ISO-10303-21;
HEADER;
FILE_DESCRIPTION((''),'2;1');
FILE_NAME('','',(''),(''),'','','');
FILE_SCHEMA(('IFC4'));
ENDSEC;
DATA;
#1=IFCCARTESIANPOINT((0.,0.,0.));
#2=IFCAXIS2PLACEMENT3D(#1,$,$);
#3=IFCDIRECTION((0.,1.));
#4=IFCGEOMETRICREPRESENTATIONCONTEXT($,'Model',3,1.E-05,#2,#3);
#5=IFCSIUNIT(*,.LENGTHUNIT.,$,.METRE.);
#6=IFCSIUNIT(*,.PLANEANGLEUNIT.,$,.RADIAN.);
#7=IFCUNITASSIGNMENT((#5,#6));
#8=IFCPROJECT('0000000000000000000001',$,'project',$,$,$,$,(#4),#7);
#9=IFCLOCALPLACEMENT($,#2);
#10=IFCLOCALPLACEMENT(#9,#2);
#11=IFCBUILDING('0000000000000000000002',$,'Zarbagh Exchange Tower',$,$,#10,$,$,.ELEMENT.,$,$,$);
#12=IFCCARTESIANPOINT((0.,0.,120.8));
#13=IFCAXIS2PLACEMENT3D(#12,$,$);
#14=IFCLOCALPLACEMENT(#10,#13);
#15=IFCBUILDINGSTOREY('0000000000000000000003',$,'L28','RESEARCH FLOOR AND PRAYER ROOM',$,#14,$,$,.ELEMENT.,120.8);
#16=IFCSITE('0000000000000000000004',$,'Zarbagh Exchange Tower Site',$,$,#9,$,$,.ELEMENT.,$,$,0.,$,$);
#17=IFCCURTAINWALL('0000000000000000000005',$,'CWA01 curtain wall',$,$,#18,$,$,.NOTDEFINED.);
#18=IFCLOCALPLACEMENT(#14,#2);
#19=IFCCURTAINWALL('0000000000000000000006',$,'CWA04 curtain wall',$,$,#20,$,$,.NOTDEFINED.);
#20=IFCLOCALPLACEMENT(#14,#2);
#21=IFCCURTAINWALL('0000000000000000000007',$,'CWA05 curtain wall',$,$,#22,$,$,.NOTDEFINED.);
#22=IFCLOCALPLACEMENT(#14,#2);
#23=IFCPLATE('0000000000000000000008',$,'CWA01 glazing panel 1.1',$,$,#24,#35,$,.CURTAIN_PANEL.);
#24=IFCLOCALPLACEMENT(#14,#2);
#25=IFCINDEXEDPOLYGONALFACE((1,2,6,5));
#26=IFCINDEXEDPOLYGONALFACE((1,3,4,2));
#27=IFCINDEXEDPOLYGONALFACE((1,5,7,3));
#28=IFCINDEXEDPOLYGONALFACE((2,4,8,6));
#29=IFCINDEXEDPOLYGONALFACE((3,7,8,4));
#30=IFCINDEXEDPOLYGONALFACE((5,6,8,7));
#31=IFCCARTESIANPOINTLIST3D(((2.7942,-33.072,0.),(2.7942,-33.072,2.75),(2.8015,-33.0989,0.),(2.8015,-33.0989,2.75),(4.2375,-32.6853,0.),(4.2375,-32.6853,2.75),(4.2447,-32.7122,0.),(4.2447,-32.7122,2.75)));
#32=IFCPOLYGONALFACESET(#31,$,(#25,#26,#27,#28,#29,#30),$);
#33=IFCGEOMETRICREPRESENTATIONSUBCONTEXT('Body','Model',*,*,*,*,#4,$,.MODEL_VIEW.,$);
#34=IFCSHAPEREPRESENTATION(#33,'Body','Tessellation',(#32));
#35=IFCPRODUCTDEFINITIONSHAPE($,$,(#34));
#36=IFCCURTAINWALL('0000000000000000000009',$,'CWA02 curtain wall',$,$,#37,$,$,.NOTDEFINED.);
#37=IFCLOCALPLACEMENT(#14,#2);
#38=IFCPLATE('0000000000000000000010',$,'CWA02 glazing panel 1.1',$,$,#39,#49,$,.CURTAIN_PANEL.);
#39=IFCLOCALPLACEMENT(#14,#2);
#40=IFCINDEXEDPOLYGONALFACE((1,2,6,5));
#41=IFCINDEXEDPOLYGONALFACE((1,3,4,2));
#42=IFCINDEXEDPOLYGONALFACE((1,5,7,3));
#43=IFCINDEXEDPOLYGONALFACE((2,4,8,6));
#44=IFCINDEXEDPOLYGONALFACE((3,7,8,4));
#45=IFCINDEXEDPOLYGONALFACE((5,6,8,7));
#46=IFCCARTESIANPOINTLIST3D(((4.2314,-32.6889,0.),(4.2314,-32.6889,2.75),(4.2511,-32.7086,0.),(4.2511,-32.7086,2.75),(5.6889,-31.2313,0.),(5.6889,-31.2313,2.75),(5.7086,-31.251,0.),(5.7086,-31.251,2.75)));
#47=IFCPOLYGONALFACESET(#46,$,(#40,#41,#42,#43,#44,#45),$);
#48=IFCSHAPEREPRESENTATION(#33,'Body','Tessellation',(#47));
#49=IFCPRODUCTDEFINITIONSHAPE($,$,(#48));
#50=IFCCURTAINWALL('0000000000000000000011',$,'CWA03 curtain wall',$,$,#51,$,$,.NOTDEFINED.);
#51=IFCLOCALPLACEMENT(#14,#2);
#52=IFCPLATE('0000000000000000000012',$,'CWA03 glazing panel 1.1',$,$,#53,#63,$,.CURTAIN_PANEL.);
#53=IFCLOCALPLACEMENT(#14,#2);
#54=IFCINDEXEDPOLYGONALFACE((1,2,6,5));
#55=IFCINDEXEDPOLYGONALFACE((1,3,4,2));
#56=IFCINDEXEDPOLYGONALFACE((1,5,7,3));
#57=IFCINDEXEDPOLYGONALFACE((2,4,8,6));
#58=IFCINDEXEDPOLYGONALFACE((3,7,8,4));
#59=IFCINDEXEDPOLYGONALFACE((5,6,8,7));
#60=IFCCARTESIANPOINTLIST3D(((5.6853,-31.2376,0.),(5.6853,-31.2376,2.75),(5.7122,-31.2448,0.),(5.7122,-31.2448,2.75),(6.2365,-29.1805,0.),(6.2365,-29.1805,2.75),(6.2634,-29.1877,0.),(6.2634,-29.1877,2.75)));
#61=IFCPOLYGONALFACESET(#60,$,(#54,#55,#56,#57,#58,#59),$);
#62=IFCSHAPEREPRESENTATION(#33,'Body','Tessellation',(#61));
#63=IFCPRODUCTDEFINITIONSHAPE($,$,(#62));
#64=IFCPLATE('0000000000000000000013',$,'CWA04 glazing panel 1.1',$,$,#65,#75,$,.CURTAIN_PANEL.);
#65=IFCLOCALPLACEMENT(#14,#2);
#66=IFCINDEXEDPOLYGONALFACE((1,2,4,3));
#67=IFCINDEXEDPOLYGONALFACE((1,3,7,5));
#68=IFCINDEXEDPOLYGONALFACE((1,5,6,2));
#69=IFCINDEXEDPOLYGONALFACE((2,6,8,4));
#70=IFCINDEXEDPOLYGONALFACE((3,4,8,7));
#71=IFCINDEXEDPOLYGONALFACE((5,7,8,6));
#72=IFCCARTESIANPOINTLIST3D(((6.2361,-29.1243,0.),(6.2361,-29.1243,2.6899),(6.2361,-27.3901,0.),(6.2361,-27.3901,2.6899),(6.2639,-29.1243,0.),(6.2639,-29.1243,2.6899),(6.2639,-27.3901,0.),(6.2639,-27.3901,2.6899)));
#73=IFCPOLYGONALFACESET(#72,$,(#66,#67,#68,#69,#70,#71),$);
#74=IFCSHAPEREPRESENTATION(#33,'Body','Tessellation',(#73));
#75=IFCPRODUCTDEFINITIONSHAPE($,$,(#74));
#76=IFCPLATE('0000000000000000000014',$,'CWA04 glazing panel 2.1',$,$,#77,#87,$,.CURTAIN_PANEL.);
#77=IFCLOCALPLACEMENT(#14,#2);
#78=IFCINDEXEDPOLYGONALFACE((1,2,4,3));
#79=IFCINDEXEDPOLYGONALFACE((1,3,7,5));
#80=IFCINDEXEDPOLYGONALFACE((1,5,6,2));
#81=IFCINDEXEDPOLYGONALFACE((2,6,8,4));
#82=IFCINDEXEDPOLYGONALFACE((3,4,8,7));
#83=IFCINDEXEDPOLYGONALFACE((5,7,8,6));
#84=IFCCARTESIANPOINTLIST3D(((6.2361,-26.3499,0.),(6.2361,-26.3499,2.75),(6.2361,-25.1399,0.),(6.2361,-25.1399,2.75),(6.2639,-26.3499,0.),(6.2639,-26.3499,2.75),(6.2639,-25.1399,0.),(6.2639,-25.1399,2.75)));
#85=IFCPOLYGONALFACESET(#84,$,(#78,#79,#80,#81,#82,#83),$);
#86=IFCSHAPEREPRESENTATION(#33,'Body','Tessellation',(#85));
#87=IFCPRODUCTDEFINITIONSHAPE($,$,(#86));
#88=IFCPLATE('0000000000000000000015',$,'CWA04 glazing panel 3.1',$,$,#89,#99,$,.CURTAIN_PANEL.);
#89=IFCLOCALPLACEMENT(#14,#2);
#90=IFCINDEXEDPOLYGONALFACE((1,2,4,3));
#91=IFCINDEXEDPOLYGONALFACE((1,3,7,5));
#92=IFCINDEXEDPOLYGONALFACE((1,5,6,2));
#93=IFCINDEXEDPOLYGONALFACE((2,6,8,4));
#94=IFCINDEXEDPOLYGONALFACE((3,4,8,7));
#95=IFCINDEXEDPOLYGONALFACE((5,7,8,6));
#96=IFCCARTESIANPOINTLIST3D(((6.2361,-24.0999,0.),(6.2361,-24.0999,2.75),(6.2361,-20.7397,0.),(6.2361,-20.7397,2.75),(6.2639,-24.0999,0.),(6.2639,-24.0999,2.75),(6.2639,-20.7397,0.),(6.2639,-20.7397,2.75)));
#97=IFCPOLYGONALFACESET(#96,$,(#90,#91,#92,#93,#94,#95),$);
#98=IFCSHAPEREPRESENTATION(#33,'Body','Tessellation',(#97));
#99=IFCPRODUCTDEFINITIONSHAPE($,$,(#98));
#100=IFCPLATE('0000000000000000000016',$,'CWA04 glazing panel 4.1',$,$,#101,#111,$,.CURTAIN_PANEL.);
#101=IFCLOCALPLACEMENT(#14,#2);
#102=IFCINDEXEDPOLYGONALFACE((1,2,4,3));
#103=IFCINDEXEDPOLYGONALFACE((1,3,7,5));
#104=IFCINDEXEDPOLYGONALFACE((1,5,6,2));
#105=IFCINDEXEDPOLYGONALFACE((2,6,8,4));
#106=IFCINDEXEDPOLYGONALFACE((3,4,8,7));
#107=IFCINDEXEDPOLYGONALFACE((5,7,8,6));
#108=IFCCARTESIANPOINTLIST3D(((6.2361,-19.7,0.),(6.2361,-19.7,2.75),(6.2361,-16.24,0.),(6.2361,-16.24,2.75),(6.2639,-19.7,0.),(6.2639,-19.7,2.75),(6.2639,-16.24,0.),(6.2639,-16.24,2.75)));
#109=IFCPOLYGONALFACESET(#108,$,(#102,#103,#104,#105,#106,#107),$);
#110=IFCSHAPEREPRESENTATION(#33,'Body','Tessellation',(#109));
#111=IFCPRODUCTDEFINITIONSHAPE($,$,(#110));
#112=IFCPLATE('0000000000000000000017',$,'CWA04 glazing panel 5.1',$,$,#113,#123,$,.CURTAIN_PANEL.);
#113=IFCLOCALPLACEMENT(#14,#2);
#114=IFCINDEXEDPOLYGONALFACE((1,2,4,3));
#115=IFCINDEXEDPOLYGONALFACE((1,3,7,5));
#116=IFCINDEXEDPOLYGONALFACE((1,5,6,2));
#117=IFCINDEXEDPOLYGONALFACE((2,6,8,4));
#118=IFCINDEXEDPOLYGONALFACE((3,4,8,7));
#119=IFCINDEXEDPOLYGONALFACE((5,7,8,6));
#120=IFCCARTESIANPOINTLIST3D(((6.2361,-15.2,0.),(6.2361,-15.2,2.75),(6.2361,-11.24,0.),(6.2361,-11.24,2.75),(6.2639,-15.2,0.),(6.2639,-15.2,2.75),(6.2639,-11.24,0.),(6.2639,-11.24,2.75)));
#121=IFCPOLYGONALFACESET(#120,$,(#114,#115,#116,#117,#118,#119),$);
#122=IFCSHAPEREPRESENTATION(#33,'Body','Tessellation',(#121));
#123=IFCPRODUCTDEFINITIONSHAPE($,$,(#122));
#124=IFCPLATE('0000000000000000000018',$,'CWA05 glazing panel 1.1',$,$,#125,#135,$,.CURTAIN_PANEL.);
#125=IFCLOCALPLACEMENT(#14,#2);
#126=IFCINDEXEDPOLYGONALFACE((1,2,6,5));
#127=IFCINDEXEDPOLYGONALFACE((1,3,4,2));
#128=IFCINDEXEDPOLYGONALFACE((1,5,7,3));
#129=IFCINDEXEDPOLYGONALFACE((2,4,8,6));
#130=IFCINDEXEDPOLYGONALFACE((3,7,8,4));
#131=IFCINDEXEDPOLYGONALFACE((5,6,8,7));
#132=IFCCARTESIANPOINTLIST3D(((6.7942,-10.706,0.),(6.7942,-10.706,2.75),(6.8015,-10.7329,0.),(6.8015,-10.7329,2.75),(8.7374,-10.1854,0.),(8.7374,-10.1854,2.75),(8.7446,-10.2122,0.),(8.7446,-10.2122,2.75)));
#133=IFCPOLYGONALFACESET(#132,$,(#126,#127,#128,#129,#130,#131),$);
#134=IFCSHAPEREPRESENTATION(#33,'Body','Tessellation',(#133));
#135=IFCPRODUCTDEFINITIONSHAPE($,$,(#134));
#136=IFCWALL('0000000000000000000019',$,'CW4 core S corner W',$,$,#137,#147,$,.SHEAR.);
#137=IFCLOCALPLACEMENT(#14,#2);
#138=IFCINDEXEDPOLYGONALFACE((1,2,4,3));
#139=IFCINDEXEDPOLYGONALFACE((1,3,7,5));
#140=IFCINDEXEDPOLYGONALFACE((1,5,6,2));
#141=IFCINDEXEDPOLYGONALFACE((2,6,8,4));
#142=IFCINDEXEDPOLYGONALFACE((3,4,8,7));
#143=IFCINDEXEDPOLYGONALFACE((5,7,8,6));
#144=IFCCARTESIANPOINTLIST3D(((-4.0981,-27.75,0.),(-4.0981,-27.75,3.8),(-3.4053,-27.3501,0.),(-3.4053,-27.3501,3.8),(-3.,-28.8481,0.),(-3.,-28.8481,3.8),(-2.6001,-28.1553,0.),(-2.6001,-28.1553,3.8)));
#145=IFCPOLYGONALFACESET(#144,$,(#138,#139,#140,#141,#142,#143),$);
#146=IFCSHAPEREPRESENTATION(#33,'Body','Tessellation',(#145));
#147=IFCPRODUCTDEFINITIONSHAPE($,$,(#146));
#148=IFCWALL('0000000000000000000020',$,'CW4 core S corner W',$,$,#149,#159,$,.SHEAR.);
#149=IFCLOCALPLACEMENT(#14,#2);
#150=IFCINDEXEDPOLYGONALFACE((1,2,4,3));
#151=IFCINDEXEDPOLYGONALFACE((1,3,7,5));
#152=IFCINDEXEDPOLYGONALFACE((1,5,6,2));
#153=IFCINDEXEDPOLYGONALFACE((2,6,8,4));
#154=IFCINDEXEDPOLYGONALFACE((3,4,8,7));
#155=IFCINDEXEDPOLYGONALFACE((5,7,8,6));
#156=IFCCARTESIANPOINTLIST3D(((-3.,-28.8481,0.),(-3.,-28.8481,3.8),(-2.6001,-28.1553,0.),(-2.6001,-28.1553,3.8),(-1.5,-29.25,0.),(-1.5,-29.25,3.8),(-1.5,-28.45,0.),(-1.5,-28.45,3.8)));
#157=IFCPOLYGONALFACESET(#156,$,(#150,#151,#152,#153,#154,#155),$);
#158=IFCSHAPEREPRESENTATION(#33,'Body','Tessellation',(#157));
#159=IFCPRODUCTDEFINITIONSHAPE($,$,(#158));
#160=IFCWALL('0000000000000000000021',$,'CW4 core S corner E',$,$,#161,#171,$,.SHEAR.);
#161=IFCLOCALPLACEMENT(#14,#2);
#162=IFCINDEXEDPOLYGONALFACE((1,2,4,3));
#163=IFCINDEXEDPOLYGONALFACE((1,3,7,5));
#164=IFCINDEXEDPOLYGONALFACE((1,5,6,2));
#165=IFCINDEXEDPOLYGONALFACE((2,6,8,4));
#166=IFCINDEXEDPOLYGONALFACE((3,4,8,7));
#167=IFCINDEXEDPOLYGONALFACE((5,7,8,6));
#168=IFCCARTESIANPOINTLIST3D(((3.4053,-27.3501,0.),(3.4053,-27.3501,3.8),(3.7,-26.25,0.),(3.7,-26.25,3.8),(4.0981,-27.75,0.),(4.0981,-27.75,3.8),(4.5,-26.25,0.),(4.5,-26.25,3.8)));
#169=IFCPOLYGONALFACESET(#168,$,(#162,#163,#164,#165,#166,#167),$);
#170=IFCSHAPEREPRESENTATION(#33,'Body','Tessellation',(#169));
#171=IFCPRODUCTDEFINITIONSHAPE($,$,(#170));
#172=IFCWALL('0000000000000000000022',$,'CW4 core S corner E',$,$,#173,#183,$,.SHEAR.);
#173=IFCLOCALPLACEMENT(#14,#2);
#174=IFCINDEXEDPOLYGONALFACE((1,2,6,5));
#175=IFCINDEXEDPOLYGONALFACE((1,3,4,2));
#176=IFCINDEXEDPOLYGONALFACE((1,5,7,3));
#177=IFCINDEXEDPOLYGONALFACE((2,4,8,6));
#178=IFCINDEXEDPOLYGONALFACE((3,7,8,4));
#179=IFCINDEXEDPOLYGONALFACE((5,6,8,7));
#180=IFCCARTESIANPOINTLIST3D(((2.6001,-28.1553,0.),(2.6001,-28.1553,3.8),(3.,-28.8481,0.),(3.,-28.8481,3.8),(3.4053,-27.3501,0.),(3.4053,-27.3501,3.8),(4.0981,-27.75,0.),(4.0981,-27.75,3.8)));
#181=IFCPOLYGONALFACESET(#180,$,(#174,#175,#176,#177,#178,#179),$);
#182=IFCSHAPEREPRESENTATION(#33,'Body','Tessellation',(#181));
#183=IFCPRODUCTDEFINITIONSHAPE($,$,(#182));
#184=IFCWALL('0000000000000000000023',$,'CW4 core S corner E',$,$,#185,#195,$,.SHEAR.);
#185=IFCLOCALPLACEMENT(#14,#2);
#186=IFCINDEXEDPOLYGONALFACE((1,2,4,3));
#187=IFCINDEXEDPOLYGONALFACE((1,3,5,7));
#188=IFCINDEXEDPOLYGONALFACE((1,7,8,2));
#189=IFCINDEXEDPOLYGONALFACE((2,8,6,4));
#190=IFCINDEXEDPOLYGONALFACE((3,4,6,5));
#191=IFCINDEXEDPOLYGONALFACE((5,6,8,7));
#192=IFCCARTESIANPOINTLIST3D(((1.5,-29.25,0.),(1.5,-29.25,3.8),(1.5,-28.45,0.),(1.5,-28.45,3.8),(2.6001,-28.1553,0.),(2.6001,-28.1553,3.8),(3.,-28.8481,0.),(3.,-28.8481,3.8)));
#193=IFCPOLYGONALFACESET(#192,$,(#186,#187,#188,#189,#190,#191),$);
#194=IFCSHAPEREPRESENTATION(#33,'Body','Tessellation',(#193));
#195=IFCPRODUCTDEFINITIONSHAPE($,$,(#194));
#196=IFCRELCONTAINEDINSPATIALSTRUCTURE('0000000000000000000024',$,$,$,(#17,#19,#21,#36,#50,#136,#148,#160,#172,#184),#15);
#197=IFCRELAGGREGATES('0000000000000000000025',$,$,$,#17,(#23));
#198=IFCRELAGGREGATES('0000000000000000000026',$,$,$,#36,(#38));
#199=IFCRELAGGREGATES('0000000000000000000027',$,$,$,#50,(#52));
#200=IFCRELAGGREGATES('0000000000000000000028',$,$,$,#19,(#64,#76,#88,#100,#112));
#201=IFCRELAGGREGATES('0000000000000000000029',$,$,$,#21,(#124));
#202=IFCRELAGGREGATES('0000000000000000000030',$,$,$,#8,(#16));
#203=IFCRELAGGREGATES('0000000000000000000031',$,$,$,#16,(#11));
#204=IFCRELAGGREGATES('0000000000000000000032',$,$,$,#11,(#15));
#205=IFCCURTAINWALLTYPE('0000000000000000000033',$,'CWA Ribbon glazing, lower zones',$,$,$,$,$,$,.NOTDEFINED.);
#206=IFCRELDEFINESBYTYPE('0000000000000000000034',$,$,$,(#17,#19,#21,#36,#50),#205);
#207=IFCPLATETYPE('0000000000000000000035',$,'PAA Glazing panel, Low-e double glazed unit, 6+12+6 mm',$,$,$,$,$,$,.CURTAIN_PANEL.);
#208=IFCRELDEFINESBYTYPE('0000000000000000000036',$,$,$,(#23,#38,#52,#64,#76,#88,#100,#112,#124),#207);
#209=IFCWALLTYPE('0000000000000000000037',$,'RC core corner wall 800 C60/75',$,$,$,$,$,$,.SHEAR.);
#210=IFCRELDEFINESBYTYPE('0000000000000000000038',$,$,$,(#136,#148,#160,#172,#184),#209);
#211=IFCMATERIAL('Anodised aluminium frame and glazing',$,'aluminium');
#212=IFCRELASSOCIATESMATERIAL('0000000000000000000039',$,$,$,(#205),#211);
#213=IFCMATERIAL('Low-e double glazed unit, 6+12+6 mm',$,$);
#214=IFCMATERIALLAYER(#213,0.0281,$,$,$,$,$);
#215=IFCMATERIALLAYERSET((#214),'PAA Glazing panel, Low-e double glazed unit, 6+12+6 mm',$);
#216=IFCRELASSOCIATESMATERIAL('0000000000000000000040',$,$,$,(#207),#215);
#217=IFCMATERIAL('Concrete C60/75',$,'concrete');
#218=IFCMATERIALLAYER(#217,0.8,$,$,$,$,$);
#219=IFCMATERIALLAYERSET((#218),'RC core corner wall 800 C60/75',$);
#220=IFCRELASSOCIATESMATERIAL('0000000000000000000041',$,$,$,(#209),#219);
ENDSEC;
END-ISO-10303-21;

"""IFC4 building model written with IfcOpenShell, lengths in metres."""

from ifc_helpers import new_model, si_unit, direction, frame, origin, place, context, subcontext, project, spatial, polyline, outline, extrude, source, transform, mapped, material, layer, layer_set, type_object, element, aggregate, save


model = new_model("IFC4")

# Units and contexts
model_context = context("Model", 3, precision=1e-05, world=origin(), true_north=direction((0.0, 1.0)))
body_context = subcontext(model_context, "Body", "Model", "MODEL_VIEW")
ifc_project = project(units=[si_unit("LENGTHUNIT", "METRE"), si_unit("PLANEANGLEUNIT", "RADIAN")], contexts=[model_context])

# Site, building, storey
site_placement = place(None, origin())
site = spatial("IfcSite", under=ifc_project, at=site_placement, Name="Zarbagh Exchange Tower Site", CompositionType="ELEMENT", RefElevation=0.0)
building_placement = place(site_placement, origin())
building = spatial("IfcBuilding", under=site, at=building_placement, Name="Zarbagh Exchange Tower", CompositionType="ELEMENT")
storey_placement = place(building_placement, frame((0.0, 0.0, 120.8)))
storey = spatial("IfcBuildingStorey", under=building, at=storey_placement, Name="L28", Description="RESEARCH FLOOR AND PRAYER ROOM", CompositionType="ELEMENT", Elevation=120.8)

# Curtain wall
ifc_material_1 = material(Name="Anodised aluminium frame and glazing", Category="aluminium")
curtain_wall_type = type_object("IfcCurtainWallType", Name="CWA Ribbon glazing, lower zones", PredefinedType="NOTDEFINED", material=ifc_material_1)
curtain_wall_1_placement = place(storey_placement, origin())
curtain_wall_1 = element("IfcCurtainWall", 1, at=curtain_wall_1_placement, inside=storey, type_object=curtain_wall_type, Name="CWA01 curtain wall", PredefinedType="NOTDEFINED")
placement = place(storey_placement, origin())

# Curtain wall
curtain_wall_2_placement = place(storey_placement, origin())
curtain_wall_2 = element("IfcCurtainWall", 2, at=curtain_wall_2_placement, inside=storey, type_object=curtain_wall_type, Name="CWA04 curtain wall", PredefinedType="NOTDEFINED")

# Curtain wall
curtain_wall_3_placement = place(storey_placement, origin())
curtain_wall_3 = element("IfcCurtainWall", 3, at=curtain_wall_3_placement, inside=storey, type_object=curtain_wall_type, Name="CWA05 curtain wall", PredefinedType="NOTDEFINED")

# Plate
ifc_material_2 = material(Name="Low-e double glazed unit, 6+12+6 mm")
ifc_layer_1 = layer(ifc_material_2, 0.0281)
ifc_layer_set_1 = layer_set([ifc_layer_1], Name="PAA Glazing panel, Low-e double glazed unit, 6+12+6 mm")
plate_type = type_object("IfcPlateType", Name="PAA Glazing panel, Low-e double glazed unit, 6+12+6 mm", PredefinedType="CURTAIN_PANEL", material=ifc_layer_set_1)
shared_shape_1 = source(origin(), body_context, "Body", "SweptSolid", [
    extrude(outline(polyline([(0.0, -0.0139), (1.4941, -0.0139), (1.4941, 0.0139), (0.0, 0.0139), (0.0, -0.0139)])), origin(), (0.0, 0.0, 1.0), 2.75),
])
plate_1 = element("IfcPlate", 4, at=placement, type_object=plate_type, Name="CWA01 glazing panel 1.1", PredefinedType="CURTAIN_PANEL", context=body_context, shape_type="MappedRepresentation", body=[
    mapped(shared_shape_1, transform((2.7979, -33.0854, 0.0), x_axis=(0.965924, 0.258825, 0.0), y_axis=(-0.258825, 0.965924, 0.0), z_axis=(0.0, 0.0, 1.0))),
])
aggregate(curtain_wall_1, [plate_1])

# Curtain walls, plates
curtain_wall_4_placement = place(storey_placement, origin())
curtain_wall_4 = element("IfcCurtainWall", 5, at=curtain_wall_4_placement, inside=storey, type_object=curtain_wall_type, Name="CWA02 curtain wall", PredefinedType="NOTDEFINED")
shared_shape_2 = source(origin(), body_context, "Body", "SweptSolid", [
    extrude(outline(polyline([(0.0, -0.0139), (2.0613, -0.0139), (2.0613, 0.0139), (0.0, 0.0139), (0.0, -0.0139)])), origin(), (0.0, 0.0, 1.0), 2.75),
])
plate_2 = element("IfcPlate", 6, at=placement, type_object=plate_type, Name="CWA02 glazing panel 1.1", PredefinedType="CURTAIN_PANEL", context=body_context, shape_type="MappedRepresentation", body=[
    mapped(shared_shape_2, transform((4.2412, -32.6987, 0.0), x_axis=(0.707107, 0.707107, 0.0), y_axis=(-0.707107, 0.707107, 0.0), z_axis=(0.0, 0.0, 1.0))),
])
aggregate(curtain_wall_4, [plate_2])
curtain_wall_5_placement = place(storey_placement, origin())
curtain_wall_5 = element("IfcCurtainWall", 7, at=curtain_wall_5_placement, inside=storey, type_object=curtain_wall_type, Name="CWA03 curtain wall", PredefinedType="NOTDEFINED")
shared_shape_3 = source(origin(), body_context, "Body", "SweptSolid", [
    extrude(outline(polyline([(0.0, -0.0139), (2.1296, -0.0139), (2.1296, 0.0139), (0.0, 0.0139), (0.0, -0.0139)])), origin(), (0.0, 0.0, 1.0), 2.75),
])
plate_3 = element("IfcPlate", 8, at=placement, type_object=plate_type, Name="CWA03 glazing panel 1.1", PredefinedType="CURTAIN_PANEL", context=body_context, shape_type="MappedRepresentation", body=[
    mapped(shared_shape_3, transform((5.6987, -31.2412, 0.0), x_axis=(0.258825, 0.965924, 0.0), y_axis=(-0.965924, 0.258825, 0.0), z_axis=(0.0, 0.0, 1.0))),
])
aggregate(curtain_wall_5, [plate_3])

# Plates
shared_shape_4 = source(origin(), body_context, "Body", "SweptSolid", [
    extrude(outline(polyline([(0.0, -0.0139), (1.7341, -0.0139), (1.7341, 0.0139), (0.0, 0.0139), (0.0, -0.0139)])), origin(), (0.0, 0.0, 1.0), 2.6899),
])
plate_4 = element("IfcPlate", 9, at=placement, type_object=plate_type, Name="CWA04 glazing panel 1.1", PredefinedType="CURTAIN_PANEL", context=body_context, shape_type="MappedRepresentation", body=[
    mapped(shared_shape_4, transform((6.25, -29.1243, 0.0), x_axis=(0.0, 1.0, 0.0), y_axis=(-1.0, 0.0, 0.0), z_axis=(0.0, 0.0, 1.0))),
])
shared_shape_5 = source(origin(), body_context, "Body", "SweptSolid", [
    extrude(outline(polyline([(0.0, -0.0139), (1.21, -0.0139), (1.21, 0.0139), (0.0, 0.0139), (0.0, -0.0139)])), origin(), (0.0, 0.0, 1.0), 2.75),
])
plate_5 = element("IfcPlate", 10, at=placement, type_object=plate_type, Name="CWA04 glazing panel 2.1", PredefinedType="CURTAIN_PANEL", context=body_context, shape_type="MappedRepresentation", body=[
    mapped(shared_shape_5, transform((6.25, -26.3499, 0.0), x_axis=(0.0, 1.0, 0.0), y_axis=(-1.0, 0.0, 0.0), z_axis=(0.0, 0.0, 1.0))),
])
shared_shape_6 = source(origin(), body_context, "Body", "SweptSolid", [
    extrude(outline(polyline([(0.0, -0.0139), (3.3601, -0.0139), (3.3601, 0.0139), (0.0, 0.0139), (0.0, -0.0139)])), origin(), (0.0, 0.0, 1.0), 2.75),
])
plate_6 = element("IfcPlate", 11, at=placement, type_object=plate_type, Name="CWA04 glazing panel 3.1", PredefinedType="CURTAIN_PANEL", context=body_context, shape_type="MappedRepresentation", body=[
    mapped(shared_shape_6, transform((6.25, -24.0999, 0.0), x_axis=(0.0, 1.0, 0.0), y_axis=(-1.0, 0.0, 0.0), z_axis=(0.0, 0.0, 1.0))),
])
shared_shape_7 = source(origin(), body_context, "Body", "SweptSolid", [
    extrude(outline(polyline([(0.0, -0.0139), (3.46, -0.0139), (3.46, 0.0139), (0.0, 0.0139), (0.0, -0.0139)])), origin(), (0.0, 0.0, 1.0), 2.75),
])
plate_7 = element("IfcPlate", 12, at=placement, type_object=plate_type, Name="CWA04 glazing panel 4.1", PredefinedType="CURTAIN_PANEL", context=body_context, shape_type="MappedRepresentation", body=[
    mapped(shared_shape_7, transform((6.25, -19.7, 0.0), x_axis=(0.0, 1.0, 0.0), y_axis=(-1.0, 0.0, 0.0), z_axis=(0.0, 0.0, 1.0))),
])
shared_shape_8 = source(origin(), body_context, "Body", "SweptSolid", [
    extrude(outline(polyline([(0.0, -0.0139), (3.96, -0.0139), (3.96, 0.0139), (0.0, 0.0139), (0.0, -0.0139)])), origin(), (0.0, 0.0, 1.0), 2.75),
])
plate_8 = element("IfcPlate", 13, at=placement, type_object=plate_type, Name="CWA04 glazing panel 5.1", PredefinedType="CURTAIN_PANEL", context=body_context, shape_type="MappedRepresentation", body=[
    mapped(shared_shape_8, transform((6.25, -15.2, 0.0), x_axis=(0.0, 1.0, 0.0), y_axis=(-1.0, 0.0, 0.0), z_axis=(0.0, 0.0, 1.0))),
])
aggregate(curtain_wall_2, [plate_4, plate_5, plate_6, plate_7, plate_8])
shared_shape_9 = source(origin(), body_context, "Body", "SweptSolid", [
    extrude(outline(polyline([(0.0, -0.0139), (2.0117, -0.0139), (2.0117, 0.0139), (0.0, 0.0139), (0.0, -0.0139)])), origin(), (0.0, 0.0, 1.0), 2.75),
])
plate_9 = element("IfcPlate", 14, at=placement, type_object=plate_type, Name="CWA05 glazing panel 1.1", PredefinedType="CURTAIN_PANEL", context=body_context, shape_type="MappedRepresentation", body=[
    mapped(shared_shape_9, transform((6.7979, -10.7195, 0.0), x_axis=(0.965924, 0.258825, 0.0), y_axis=(-0.258825, 0.965924, 0.0), z_axis=(0.0, 0.0, 1.0))),
])
aggregate(curtain_wall_3, [plate_9])

# Walls
ifc_material_3 = material(Name="Concrete C60/75", Category="concrete")
ifc_layer_2 = layer(ifc_material_3, 0.8)
ifc_layer_set_2 = layer_set([ifc_layer_2], Name="RC core corner wall 800 C60/75")
wall_type = type_object("IfcWallType", Name="RC core corner wall 800 C60/75", PredefinedType="SHEAR", material=ifc_layer_set_2)
wall_1_placement = place(storey_placement, origin())
element("IfcWall", 15, at=wall_1_placement, inside=storey, type_object=wall_type, Name="CW4 core S corner W", PredefinedType="SHEAR", context=body_context, shape_type="SweptSolid", body=[
    extrude(outline(polyline([(-4.0981, -27.75), (-3.0, -28.8481), (-2.6001, -28.1553), (-3.4053, -27.3501), (-4.0981, -27.75)])), origin(), (0.0, 0.0, 1.0), 3.8),
])
wall_2_placement = place(storey_placement, origin())
element("IfcWall", 16, at=wall_2_placement, inside=storey, type_object=wall_type, Name="CW4 core S corner W", PredefinedType="SHEAR", context=body_context, shape_type="SweptSolid", body=[
    extrude(outline(polyline([(-3.0, -28.8481), (-1.5, -29.25), (-1.5, -28.45), (-2.6001, -28.1553), (-3.0, -28.8481)])), origin(), (0.0, 0.0, 1.0), 3.8),
])
wall_3_placement = place(storey_placement, origin())
element("IfcWall", 17, at=wall_3_placement, inside=storey, type_object=wall_type, Name="CW4 core S corner E", PredefinedType="SHEAR", context=body_context, shape_type="SweptSolid", body=[
    extrude(outline(polyline([(4.5, -26.25), (4.0981, -27.75), (3.4053, -27.3501), (3.7, -26.25), (4.5, -26.25)])), origin(), (0.0, 0.0, 1.0), 3.8),
])
wall_4_placement = place(storey_placement, origin())
element("IfcWall", 18, at=wall_4_placement, inside=storey, type_object=wall_type, Name="CW4 core S corner E", PredefinedType="SHEAR", context=body_context, shape_type="SweptSolid", body=[
    extrude(outline(polyline([(4.0981, -27.75), (3.0, -28.8481), (2.6001, -28.1553), (3.4053, -27.3501), (4.0981, -27.75)])), origin(), (0.0, 0.0, 1.0), 3.8),
])
wall_5_placement = place(storey_placement, origin())
element("IfcWall", 19, at=wall_5_placement, inside=storey, type_object=wall_type, Name="CW4 core S corner E", PredefinedType="SHEAR", context=body_context, shape_type="SweptSolid", body=[
    extrude(outline(polyline([(3.0, -28.8481), (1.5, -29.25), (1.5, -28.45), (2.6001, -28.1553), (3.0, -28.8481)])), origin(), (0.0, 0.0, 1.0), 3.8),
])

save(model, "model.ifc")
